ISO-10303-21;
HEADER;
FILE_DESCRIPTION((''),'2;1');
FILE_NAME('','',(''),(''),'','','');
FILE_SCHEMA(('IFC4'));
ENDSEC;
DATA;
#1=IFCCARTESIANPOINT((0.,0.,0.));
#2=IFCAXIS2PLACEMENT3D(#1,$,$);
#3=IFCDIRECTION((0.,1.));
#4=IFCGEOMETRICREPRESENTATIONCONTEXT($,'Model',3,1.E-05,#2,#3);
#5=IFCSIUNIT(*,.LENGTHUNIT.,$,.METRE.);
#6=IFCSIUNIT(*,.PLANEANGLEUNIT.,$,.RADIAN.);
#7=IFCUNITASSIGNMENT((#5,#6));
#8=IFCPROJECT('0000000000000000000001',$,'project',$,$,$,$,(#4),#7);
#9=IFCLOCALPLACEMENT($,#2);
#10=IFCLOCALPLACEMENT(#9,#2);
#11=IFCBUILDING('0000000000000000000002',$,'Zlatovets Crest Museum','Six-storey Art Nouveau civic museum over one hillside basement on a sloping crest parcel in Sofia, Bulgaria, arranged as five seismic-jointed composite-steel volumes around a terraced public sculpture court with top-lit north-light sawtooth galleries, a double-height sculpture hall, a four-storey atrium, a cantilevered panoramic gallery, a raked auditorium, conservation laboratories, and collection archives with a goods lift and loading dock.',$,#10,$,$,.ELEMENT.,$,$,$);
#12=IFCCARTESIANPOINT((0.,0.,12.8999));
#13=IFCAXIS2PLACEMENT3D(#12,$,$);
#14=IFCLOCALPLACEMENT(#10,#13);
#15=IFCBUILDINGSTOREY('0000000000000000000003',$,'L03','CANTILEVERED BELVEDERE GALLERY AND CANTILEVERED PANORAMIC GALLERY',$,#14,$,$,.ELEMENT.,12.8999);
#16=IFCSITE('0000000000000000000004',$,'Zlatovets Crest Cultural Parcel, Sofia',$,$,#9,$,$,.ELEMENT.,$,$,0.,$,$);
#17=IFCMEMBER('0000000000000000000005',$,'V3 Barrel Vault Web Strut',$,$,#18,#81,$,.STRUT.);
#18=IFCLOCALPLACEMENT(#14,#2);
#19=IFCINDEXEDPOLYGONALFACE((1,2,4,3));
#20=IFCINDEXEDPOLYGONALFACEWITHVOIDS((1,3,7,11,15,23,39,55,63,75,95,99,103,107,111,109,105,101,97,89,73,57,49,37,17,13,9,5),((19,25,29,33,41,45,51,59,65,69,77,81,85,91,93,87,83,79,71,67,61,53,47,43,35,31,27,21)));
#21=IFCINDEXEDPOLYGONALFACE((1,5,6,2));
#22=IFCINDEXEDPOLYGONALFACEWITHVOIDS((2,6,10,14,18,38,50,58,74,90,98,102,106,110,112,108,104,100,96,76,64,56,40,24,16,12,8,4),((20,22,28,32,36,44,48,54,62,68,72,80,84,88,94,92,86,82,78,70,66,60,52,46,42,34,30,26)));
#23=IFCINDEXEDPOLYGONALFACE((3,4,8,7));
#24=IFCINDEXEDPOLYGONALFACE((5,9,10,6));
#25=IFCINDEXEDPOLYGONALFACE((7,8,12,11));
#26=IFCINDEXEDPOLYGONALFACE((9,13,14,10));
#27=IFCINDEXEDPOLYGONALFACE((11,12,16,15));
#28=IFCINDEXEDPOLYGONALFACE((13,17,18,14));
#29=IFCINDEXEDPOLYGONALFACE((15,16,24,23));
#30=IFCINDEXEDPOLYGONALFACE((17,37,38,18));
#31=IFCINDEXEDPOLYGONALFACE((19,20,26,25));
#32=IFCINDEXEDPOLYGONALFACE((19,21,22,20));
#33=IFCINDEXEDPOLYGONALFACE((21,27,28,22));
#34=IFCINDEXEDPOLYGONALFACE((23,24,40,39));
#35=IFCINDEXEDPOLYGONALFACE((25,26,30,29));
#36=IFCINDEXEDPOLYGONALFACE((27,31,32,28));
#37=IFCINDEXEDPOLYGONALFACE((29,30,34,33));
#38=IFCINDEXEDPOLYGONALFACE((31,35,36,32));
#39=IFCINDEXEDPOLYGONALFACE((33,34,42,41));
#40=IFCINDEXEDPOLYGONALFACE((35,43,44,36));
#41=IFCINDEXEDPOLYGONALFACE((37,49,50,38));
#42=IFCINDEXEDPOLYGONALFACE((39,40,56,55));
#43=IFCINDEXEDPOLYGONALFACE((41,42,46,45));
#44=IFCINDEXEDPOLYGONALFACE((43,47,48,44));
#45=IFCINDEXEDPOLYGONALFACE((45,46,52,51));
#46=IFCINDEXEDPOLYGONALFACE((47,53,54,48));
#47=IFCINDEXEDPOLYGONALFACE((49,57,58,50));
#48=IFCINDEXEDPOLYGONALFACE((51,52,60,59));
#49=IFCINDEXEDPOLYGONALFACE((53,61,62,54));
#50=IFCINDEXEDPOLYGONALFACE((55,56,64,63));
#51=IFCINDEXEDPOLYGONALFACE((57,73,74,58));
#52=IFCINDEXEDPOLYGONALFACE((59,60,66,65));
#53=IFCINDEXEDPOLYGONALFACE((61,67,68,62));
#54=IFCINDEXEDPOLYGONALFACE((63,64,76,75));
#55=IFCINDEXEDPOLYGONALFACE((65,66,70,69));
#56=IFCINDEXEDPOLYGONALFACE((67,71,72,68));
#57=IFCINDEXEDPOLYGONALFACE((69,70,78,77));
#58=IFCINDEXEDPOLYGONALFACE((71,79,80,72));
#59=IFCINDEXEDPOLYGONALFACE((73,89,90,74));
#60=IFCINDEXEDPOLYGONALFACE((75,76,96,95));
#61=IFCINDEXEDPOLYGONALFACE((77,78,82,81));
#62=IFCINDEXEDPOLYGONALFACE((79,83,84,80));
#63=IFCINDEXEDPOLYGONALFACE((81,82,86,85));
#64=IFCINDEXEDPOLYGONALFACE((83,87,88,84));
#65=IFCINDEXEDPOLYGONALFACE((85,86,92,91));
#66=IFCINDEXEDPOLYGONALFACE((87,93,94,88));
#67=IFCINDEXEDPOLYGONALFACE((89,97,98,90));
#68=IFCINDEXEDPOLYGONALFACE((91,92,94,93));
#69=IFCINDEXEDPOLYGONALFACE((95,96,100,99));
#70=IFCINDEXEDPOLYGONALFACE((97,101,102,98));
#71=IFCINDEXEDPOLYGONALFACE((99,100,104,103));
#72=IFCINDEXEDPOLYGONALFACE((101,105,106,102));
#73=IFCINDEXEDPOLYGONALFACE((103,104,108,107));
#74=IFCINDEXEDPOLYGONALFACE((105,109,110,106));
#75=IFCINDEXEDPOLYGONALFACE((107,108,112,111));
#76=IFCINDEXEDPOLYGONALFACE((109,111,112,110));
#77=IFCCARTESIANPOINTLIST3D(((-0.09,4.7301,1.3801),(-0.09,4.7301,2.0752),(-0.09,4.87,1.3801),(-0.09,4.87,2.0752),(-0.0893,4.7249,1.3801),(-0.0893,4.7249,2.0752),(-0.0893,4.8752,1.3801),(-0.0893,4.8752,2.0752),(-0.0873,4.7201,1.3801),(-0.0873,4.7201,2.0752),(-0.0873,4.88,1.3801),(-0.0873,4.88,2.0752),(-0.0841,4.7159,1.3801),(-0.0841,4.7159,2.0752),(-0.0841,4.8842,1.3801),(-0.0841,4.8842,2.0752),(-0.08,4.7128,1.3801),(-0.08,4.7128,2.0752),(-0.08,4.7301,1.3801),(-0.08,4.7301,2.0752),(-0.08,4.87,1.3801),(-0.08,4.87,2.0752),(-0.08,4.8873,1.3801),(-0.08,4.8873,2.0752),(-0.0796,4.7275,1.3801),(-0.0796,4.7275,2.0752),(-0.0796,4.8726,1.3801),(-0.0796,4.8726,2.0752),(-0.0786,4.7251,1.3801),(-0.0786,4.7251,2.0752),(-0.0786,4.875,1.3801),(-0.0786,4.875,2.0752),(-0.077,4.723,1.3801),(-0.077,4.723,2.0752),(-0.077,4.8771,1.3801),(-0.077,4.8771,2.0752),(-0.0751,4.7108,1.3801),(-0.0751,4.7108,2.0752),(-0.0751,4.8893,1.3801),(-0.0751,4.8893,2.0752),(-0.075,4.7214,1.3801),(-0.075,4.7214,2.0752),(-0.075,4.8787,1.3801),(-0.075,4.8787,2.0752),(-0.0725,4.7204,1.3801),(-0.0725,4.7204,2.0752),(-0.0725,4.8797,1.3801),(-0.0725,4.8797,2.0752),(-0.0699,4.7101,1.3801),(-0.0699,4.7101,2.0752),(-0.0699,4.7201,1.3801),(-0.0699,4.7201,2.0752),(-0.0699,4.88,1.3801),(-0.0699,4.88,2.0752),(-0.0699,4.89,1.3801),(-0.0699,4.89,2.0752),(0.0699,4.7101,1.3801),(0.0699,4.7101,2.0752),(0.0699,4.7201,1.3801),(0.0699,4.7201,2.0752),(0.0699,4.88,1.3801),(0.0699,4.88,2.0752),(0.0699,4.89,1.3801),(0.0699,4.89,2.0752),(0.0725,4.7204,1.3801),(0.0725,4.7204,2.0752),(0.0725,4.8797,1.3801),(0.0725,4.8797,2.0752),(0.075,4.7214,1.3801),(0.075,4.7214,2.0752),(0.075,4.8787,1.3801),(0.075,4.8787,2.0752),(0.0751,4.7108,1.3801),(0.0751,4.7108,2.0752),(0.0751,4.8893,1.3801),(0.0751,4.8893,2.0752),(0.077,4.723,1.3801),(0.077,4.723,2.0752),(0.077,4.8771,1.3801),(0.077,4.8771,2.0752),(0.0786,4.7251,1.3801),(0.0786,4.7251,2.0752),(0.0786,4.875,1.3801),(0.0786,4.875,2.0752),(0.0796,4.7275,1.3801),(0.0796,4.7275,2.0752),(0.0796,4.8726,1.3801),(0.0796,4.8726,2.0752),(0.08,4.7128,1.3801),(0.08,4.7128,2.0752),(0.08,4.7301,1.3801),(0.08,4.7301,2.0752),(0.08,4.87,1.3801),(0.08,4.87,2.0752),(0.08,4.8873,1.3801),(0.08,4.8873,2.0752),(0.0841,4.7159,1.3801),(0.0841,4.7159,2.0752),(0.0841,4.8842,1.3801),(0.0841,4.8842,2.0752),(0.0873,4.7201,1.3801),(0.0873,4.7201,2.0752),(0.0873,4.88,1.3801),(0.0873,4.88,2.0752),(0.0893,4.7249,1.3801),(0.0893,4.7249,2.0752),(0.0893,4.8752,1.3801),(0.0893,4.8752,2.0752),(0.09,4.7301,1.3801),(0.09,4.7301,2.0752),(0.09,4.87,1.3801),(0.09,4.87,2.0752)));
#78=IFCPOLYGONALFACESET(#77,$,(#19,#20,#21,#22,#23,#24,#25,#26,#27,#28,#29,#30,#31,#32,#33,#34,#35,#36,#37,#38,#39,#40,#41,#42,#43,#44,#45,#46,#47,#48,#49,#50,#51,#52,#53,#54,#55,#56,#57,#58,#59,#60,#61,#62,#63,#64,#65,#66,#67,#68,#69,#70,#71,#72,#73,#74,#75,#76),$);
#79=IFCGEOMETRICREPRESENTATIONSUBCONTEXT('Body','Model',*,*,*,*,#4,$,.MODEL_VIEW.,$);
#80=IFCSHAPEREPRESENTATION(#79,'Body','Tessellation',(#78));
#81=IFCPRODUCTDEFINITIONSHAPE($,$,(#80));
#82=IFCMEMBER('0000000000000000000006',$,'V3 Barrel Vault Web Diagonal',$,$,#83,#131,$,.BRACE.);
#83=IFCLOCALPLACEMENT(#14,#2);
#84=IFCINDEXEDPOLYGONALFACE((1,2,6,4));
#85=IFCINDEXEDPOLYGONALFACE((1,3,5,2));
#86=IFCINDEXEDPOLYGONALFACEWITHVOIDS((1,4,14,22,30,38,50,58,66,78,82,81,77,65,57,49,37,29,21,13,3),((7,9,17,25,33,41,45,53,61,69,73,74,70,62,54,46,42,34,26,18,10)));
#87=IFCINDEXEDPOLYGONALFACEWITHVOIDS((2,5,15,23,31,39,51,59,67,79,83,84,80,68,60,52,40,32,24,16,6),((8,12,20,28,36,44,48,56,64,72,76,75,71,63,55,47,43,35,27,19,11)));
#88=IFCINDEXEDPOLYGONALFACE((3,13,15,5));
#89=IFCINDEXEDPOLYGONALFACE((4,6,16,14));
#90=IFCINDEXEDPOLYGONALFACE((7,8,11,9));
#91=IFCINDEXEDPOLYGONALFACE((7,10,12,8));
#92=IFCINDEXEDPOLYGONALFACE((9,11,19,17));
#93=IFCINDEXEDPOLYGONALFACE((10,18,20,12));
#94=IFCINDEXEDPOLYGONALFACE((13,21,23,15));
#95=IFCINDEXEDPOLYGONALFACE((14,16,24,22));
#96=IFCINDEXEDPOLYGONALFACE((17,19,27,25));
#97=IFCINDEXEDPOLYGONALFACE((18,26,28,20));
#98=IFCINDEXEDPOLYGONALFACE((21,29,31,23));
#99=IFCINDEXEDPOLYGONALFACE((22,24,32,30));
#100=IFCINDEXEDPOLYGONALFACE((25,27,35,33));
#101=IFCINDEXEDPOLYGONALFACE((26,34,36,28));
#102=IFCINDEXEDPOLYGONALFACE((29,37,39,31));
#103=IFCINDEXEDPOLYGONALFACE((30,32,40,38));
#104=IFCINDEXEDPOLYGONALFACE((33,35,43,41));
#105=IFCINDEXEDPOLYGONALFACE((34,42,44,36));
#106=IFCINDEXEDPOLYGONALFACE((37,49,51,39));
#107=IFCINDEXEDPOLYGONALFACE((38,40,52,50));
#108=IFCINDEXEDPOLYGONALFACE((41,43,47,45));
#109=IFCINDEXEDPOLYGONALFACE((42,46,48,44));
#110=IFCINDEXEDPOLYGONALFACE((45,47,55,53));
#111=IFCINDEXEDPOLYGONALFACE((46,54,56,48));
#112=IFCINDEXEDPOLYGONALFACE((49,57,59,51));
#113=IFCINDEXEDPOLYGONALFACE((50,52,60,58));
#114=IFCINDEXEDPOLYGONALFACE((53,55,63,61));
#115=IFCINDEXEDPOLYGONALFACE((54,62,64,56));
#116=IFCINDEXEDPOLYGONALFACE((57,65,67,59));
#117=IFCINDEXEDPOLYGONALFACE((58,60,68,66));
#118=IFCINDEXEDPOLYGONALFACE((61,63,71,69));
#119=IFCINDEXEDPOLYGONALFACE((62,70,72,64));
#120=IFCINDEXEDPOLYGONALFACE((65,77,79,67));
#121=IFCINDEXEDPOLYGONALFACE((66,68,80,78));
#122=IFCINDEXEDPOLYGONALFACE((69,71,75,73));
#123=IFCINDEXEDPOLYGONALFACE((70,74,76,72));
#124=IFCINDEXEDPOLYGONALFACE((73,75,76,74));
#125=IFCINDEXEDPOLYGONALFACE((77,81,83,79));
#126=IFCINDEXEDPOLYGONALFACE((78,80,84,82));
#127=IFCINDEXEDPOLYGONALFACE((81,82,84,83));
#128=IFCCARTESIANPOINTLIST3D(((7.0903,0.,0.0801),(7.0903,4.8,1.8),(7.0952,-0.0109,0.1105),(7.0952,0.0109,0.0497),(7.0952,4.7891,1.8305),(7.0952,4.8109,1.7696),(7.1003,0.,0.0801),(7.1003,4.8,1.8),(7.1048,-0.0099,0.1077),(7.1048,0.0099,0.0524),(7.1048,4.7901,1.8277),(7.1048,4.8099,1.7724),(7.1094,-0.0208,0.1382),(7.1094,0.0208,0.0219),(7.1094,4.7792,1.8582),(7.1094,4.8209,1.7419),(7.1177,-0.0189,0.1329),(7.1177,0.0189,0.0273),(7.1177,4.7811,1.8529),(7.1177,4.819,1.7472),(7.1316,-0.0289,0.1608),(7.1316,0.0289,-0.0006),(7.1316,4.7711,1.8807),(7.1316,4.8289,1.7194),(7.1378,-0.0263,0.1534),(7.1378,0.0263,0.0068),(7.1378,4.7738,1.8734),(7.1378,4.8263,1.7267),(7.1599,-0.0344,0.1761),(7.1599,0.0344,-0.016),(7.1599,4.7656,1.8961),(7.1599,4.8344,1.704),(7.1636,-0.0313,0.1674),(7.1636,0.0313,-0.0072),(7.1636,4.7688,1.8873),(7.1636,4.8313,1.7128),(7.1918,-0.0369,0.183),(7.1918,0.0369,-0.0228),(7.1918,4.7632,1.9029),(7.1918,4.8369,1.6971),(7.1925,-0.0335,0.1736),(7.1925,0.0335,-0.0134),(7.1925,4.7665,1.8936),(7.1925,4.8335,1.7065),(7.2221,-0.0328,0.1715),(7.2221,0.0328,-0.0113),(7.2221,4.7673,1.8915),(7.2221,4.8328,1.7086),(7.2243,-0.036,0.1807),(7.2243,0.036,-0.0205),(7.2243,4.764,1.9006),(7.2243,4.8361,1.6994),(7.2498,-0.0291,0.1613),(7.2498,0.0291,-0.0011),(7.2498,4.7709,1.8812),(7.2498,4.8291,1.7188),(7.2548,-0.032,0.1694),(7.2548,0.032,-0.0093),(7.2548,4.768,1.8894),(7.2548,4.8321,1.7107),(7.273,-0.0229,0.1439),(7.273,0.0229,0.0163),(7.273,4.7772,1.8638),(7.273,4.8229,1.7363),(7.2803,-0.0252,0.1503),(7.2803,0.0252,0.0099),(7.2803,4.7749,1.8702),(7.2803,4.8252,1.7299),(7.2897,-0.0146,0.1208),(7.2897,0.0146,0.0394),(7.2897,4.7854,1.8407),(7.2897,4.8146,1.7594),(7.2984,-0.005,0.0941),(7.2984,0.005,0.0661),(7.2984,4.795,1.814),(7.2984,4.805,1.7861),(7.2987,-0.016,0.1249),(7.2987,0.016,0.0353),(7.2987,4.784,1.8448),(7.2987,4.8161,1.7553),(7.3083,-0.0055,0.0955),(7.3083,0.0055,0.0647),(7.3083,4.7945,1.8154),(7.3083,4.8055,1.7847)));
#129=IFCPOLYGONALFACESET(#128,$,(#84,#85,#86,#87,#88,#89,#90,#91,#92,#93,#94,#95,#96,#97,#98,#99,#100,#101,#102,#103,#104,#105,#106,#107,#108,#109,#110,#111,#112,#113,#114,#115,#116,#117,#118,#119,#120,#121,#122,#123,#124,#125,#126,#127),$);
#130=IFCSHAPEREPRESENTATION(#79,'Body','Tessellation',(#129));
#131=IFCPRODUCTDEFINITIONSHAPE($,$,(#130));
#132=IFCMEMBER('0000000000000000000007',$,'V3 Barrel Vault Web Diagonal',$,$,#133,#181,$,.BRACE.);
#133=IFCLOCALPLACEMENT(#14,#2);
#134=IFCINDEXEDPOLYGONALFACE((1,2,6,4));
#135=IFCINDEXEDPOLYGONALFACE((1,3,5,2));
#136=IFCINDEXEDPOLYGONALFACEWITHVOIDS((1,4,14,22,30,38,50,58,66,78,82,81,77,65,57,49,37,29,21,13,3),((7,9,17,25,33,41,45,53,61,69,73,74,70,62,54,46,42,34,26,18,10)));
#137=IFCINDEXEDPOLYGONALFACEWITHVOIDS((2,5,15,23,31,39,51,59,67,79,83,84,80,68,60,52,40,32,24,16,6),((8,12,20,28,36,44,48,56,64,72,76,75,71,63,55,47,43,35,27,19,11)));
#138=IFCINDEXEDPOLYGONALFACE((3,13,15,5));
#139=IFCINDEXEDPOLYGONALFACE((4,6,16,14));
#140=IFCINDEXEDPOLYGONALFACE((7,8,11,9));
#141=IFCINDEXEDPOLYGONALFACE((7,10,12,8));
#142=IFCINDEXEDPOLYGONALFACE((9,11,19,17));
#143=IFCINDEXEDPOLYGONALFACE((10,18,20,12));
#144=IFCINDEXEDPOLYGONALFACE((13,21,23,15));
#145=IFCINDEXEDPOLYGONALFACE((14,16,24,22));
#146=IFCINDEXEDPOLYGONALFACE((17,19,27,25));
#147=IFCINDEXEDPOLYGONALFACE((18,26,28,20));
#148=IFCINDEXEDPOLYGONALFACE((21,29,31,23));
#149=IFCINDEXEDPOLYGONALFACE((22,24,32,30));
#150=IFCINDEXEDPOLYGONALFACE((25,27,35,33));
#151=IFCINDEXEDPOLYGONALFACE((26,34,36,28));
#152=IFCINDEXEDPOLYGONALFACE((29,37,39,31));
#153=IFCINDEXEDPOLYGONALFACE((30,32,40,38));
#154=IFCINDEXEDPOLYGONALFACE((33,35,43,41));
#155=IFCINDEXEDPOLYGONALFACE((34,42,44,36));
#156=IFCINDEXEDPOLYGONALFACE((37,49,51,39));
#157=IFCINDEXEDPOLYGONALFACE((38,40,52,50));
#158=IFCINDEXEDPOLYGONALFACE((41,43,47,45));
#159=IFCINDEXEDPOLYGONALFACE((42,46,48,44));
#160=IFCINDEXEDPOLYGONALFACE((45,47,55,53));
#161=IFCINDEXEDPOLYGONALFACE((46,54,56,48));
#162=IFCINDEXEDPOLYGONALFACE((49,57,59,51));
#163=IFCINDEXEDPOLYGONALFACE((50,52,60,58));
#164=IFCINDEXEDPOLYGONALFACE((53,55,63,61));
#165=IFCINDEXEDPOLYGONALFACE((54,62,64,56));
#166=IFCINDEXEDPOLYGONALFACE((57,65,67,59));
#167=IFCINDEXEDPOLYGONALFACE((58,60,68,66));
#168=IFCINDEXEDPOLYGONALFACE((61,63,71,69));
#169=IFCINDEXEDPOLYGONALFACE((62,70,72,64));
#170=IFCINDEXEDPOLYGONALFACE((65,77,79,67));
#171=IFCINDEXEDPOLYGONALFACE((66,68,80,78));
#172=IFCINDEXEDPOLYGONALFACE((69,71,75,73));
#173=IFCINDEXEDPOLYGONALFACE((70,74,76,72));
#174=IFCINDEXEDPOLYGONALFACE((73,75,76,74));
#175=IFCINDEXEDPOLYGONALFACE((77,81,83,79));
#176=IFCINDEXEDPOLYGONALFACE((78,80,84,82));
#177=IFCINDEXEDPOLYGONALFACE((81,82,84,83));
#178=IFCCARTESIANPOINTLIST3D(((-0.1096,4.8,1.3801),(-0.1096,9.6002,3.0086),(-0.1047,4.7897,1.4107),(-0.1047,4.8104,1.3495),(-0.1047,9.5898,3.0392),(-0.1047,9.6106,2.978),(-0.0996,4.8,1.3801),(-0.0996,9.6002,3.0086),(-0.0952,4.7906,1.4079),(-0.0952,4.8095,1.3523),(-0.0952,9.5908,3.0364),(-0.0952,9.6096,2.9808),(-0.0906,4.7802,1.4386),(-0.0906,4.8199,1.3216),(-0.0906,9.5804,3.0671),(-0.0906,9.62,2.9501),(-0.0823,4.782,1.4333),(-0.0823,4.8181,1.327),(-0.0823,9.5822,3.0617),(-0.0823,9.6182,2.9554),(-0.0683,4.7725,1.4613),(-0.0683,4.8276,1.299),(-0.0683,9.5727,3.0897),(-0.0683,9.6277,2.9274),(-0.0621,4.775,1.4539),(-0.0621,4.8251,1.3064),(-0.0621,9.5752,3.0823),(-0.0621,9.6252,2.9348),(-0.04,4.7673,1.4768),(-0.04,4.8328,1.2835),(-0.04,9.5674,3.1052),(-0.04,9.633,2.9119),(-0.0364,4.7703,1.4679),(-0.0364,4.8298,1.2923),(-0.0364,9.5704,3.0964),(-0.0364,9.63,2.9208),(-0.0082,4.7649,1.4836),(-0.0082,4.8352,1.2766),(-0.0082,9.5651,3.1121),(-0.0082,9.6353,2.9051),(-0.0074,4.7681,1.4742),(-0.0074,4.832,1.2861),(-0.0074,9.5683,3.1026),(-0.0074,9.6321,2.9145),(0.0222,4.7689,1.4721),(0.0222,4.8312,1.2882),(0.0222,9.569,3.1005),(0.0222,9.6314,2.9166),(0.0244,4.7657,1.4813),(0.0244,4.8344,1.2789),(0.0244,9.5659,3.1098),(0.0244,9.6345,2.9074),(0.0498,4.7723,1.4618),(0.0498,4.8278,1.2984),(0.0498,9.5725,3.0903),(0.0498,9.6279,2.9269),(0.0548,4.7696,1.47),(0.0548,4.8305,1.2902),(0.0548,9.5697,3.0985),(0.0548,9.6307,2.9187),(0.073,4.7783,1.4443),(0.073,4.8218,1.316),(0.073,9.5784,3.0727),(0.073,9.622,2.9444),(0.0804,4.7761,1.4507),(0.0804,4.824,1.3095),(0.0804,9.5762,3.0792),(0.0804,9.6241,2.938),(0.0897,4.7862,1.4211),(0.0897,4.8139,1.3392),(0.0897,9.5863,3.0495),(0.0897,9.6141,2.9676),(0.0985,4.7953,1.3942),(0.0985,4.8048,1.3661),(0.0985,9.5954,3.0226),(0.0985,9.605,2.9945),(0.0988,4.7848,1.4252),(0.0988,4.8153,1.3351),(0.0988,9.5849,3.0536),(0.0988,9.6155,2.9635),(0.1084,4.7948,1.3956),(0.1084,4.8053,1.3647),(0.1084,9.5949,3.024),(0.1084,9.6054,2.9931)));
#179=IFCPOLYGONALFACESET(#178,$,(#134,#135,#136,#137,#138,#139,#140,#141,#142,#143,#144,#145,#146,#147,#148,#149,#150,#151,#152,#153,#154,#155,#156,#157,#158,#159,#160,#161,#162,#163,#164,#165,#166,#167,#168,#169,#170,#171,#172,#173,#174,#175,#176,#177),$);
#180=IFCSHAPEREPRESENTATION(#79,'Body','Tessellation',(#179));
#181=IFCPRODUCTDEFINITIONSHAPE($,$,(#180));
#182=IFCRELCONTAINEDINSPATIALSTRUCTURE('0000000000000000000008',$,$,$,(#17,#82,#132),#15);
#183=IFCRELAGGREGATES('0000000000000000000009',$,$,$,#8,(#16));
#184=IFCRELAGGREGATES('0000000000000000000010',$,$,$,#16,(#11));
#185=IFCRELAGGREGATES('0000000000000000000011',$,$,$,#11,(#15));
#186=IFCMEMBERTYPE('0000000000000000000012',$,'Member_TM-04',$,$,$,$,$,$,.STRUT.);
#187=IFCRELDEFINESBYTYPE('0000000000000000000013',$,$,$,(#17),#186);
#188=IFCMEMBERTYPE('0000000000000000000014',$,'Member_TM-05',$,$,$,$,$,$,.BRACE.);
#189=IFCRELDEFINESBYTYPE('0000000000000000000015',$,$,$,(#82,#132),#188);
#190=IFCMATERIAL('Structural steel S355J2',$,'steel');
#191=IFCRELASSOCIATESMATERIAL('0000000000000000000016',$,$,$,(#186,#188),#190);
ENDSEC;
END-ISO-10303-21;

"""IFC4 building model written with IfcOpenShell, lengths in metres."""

from ifc_helpers import new_model, si_unit, direction, frame, origin, origin_2d, place, context, subcontext, project, spatial, hollow_rectangle, hollow_circle, extrude, material, material_profile, profile_set, type_object, element, save


model = new_model("IFC4")

# Units and contexts
model_context = context("Model", 3, precision=1e-05, world=origin(), true_north=direction((0.0, 1.0)))
body_context = subcontext(model_context, "Body", "Model", "MODEL_VIEW")
ifc_project = project(units=[si_unit("LENGTHUNIT", "METRE"), si_unit("PLANEANGLEUNIT", "RADIAN")], contexts=[model_context])

# Site, building, storey
site_placement = place(None, origin())
site = spatial("IfcSite", under=ifc_project, at=site_placement, Name="Zlatovets Crest Cultural Parcel, Sofia", CompositionType="ELEMENT", RefElevation=0.0)
building_placement = place(site_placement, origin())
building = spatial("IfcBuilding", under=site, at=building_placement, Name="Zlatovets Crest Museum", Description="Six-storey Art Nouveau civic museum over one hillside basement on a sloping crest parcel in Sofia, Bulgaria, arranged as five seismic-jointed composite-steel volumes around a terraced public sculpture court with top-lit north-light sawtooth galleries, a double-height sculpture hall, a four-storey atrium, a cantilevered panoramic gallery, a raked auditorium, conservation laboratories, and collection archives with a goods lift and loading dock.", CompositionType="ELEMENT")
storey_placement = place(building_placement, frame((0.0, 0.0, 12.8999)))
storey = spatial("IfcBuildingStorey", under=building, at=storey_placement, Name="L03", Description="CANTILEVERED BELVEDERE GALLERY AND CANTILEVERED PANORAMIC GALLERY", CompositionType="ELEMENT", Elevation=12.8999)

# Shared definitions
ifc_material_1 = material(Name="Structural steel S355J2", Category="steel")

# Members
ifc_material_profile_1 = material_profile(ifc_material_1, hollow_rectangle(XDim=0.1799, YDim=0.1799, WallThickness=0.01, InnerFilletRadius=0.01, OuterFilletRadius=0.02, at=origin_2d()), Name="SHS 180x180x10.0")
ifc_profile_set_1 = profile_set([ifc_material_profile_1], Name="Structural steel S355J2")
member_type_1 = type_object("IfcMemberType", Name="Member_TM-04", PredefinedType="STRUT", material=ifc_profile_set_1)
member_1_placement = place(storey_placement, frame((0.0, 4.8, 1.3801), z_axis=(0.0, 0.0, 1.0), x_axis=(1.0, 0.0, 0.0)))
element("IfcMember", 1, at=member_1_placement, inside=storey, type_object=member_type_1, Name="V3 Barrel Vault Web Strut", PredefinedType="STRUT", context=body_context, shape_type="SweptSolid", body=[
    extrude(hollow_rectangle(XDim=0.1799, YDim=0.1799, WallThickness=0.01, InnerFilletRadius=0.01, OuterFilletRadius=0.02, at=origin_2d()), origin(), (0.0, 0.0, 1.0), 0.6951),
])
ifc_material_profile_2 = material_profile(ifc_material_1, hollow_circle(Radius=0.1096, WallThickness=0.01, at=origin_2d()), Name="CHS 219.1x10.0")
ifc_profile_set_2 = profile_set([ifc_material_profile_2], Name="Structural steel S355J2")
member_type_2 = type_object("IfcMemberType", Name="Member_TM-05", PredefinedType="BRACE", material=ifc_profile_set_2)
member_2_placement = place(storey_placement, frame((7.2, 0.0, 0.0801), z_axis=(0.0, 0.941389, 0.337322), x_axis=(-1.0, 0.0, 0.0)))
element("IfcMember", 2, at=member_2_placement, inside=storey, type_object=member_type_2, Name="V3 Barrel Vault Web Diagonal", PredefinedType="BRACE", context=body_context, shape_type="SweptSolid", body=[
    extrude(hollow_circle(Radius=0.1096, WallThickness=0.01, at=origin_2d()), origin(), (0.0, 0.0, 1.0), 5.0989),
])
member_3_placement = place(storey_placement, frame((0.0, 4.8, 1.3801), z_axis=(0.0, 0.946989, 0.321266), x_axis=(-1.0, 0.0, 0.0)))
element("IfcMember", 3, at=member_3_placement, inside=storey, type_object=member_type_2, Name="V3 Barrel Vault Web Diagonal", PredefinedType="BRACE", context=body_context, shape_type="SweptSolid", body=[
    extrude(hollow_circle(Radius=0.1096, WallThickness=0.01, at=origin_2d()), origin(), (0.0, 0.0, 1.0), 5.0688),
])

save(model, "model.ifc")
